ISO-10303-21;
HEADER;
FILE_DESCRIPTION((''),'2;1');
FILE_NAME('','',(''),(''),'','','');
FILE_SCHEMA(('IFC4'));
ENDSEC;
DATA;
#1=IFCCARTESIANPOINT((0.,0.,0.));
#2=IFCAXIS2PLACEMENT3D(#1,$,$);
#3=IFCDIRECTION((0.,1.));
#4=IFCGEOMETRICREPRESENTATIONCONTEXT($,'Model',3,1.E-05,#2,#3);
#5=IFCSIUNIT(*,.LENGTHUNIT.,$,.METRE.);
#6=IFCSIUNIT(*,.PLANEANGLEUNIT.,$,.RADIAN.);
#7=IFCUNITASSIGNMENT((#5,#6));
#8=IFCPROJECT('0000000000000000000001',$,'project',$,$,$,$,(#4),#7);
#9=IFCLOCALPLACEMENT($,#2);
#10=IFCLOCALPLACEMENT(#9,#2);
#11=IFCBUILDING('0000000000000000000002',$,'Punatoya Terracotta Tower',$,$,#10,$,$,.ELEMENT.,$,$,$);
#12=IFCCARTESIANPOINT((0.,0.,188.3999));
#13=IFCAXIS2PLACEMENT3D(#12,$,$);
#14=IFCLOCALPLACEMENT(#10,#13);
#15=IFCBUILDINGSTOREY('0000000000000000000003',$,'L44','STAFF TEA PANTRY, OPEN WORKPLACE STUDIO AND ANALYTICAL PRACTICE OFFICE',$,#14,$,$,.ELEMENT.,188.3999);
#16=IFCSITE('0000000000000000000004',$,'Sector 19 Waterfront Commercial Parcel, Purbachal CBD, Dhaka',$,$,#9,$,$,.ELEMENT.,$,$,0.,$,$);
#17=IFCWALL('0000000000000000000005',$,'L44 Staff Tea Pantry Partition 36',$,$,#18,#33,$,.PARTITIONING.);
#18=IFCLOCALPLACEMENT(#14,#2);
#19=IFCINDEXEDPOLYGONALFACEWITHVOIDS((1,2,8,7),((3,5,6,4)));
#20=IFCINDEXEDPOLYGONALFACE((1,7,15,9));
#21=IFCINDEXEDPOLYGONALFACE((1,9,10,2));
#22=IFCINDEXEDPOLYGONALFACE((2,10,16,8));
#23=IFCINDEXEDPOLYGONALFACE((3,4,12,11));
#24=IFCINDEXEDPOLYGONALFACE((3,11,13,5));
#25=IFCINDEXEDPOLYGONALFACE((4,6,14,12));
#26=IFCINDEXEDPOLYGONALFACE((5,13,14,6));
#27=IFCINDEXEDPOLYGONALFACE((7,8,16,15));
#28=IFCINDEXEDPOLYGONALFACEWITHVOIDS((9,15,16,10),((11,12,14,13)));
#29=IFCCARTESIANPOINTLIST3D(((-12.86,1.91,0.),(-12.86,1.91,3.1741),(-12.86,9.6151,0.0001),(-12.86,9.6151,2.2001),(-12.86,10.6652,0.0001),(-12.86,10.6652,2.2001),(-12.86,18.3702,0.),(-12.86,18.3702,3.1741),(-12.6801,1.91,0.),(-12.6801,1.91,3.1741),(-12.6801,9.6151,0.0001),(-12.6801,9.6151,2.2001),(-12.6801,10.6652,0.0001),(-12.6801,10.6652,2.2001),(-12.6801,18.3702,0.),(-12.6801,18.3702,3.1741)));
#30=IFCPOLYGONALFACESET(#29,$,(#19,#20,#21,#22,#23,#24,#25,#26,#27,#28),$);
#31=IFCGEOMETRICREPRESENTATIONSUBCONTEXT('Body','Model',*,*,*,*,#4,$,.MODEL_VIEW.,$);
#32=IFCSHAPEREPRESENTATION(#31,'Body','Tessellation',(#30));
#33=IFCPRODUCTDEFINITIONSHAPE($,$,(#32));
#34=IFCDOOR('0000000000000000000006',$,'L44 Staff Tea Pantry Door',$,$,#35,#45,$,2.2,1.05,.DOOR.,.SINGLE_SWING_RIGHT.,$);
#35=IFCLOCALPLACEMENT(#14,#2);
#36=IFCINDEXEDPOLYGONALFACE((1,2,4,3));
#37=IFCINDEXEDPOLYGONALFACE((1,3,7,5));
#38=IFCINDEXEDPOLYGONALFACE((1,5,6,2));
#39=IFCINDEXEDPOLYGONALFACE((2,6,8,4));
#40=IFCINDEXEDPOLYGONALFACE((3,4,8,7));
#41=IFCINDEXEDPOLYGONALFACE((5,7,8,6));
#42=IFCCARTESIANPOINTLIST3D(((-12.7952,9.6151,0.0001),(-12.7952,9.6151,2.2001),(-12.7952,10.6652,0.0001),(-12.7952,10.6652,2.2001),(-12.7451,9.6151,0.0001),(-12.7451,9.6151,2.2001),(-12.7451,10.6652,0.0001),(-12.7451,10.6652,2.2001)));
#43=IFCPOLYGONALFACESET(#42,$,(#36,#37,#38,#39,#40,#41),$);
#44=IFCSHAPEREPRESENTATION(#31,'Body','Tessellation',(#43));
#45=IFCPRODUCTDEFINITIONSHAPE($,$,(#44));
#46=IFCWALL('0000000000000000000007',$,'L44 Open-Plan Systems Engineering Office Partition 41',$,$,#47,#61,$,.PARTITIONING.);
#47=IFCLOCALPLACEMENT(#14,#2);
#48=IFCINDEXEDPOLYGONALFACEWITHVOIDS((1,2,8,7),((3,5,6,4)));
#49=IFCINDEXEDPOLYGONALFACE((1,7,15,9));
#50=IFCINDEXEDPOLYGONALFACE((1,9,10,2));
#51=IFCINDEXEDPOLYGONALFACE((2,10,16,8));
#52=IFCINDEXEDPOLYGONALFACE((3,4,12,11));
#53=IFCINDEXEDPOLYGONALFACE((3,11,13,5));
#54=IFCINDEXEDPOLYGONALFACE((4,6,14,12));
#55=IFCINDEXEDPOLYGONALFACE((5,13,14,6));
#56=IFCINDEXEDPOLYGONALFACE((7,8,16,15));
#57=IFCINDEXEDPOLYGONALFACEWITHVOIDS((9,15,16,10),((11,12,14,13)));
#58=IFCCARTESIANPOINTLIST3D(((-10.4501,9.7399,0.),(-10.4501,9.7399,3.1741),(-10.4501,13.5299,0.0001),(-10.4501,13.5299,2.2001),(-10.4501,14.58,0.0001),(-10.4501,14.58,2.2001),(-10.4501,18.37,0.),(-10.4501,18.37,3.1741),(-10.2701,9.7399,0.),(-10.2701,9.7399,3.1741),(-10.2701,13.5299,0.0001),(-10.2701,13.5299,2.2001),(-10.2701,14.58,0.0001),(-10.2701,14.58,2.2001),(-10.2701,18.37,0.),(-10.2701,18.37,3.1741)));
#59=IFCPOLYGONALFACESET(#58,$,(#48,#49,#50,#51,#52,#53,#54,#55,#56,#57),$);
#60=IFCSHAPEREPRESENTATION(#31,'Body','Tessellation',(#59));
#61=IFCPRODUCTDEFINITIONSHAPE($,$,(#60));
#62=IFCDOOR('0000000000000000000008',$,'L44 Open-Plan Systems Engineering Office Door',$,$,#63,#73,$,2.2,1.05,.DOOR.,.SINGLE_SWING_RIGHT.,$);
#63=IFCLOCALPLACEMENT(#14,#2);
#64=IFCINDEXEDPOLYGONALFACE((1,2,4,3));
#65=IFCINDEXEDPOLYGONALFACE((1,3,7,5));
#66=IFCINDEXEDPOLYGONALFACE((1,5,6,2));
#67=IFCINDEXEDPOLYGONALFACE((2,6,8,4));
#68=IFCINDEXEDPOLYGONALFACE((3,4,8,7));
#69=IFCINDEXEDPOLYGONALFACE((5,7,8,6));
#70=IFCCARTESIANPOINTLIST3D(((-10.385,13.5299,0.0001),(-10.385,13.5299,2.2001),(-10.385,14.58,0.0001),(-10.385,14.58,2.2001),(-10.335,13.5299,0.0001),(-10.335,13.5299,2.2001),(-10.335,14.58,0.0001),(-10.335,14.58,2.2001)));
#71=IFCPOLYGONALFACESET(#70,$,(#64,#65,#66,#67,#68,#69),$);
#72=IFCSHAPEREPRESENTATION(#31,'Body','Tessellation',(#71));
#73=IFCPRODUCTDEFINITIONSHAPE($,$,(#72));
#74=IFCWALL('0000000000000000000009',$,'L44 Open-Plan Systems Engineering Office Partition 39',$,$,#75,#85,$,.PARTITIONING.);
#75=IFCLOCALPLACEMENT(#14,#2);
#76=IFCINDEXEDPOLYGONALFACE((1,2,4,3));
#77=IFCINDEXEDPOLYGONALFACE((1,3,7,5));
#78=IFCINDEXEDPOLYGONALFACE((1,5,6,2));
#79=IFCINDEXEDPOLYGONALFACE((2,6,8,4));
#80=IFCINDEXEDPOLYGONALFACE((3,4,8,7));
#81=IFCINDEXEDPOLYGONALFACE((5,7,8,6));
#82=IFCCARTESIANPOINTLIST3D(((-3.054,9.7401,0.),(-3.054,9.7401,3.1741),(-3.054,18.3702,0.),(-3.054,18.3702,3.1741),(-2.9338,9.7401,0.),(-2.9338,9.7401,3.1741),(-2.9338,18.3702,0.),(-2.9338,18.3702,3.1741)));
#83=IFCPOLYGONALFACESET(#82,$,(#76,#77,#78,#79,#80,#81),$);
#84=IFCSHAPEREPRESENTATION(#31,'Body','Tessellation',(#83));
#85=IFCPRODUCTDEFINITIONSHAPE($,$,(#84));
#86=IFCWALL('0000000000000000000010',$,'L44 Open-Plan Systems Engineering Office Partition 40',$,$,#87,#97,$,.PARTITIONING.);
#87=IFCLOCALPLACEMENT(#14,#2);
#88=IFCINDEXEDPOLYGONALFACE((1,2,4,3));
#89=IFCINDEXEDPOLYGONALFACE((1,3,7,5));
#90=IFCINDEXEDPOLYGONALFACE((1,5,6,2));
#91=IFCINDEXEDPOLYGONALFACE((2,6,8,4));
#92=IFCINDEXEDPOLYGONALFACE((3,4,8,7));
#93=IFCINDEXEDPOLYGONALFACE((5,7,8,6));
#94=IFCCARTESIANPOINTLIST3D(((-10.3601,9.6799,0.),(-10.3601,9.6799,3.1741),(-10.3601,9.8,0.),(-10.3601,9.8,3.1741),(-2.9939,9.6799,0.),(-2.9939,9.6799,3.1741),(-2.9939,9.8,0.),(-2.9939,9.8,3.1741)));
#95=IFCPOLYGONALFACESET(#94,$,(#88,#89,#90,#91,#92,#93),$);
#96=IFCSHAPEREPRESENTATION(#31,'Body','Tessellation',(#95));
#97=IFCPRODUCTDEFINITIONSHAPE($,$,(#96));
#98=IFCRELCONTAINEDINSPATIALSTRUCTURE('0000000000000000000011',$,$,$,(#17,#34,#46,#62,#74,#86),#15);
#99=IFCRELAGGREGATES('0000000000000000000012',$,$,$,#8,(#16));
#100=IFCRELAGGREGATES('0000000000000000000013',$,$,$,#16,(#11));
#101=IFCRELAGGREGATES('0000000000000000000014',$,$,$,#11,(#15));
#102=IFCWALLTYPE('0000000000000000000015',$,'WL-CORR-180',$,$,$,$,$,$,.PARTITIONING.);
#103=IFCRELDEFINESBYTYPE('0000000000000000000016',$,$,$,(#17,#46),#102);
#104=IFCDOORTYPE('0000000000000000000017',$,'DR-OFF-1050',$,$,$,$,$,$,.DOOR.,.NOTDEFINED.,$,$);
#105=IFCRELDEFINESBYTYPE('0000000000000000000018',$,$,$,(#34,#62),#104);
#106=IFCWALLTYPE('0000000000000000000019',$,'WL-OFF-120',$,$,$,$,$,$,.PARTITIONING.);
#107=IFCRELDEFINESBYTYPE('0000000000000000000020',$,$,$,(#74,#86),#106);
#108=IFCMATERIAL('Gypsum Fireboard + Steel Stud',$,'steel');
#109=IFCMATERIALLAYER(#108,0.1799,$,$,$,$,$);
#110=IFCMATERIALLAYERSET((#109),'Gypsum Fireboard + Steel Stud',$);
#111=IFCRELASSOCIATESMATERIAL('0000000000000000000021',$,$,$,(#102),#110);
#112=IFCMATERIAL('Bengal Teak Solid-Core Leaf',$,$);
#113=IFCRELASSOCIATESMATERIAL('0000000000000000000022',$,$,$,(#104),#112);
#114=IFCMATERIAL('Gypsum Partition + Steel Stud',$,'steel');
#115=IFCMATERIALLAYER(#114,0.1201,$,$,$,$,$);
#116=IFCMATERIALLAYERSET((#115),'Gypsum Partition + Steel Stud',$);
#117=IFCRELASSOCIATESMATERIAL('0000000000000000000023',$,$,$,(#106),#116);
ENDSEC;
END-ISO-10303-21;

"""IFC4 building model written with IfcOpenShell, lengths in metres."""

from ifc_helpers import new_model, si_unit, direction, frame, frame_2d, origin, place, context, subcontext, project, spatial, rectangle, extrude, material, layer, layer_set, type_object, element, fill, save


model = new_model("IFC4")

# Units and contexts
model_context = context("Model", 3, precision=1e-05, world=origin(), true_north=direction((0.0, 1.0)))
body_context = subcontext(model_context, "Body", "Model", "MODEL_VIEW")
ifc_project = project(units=[si_unit("LENGTHUNIT", "METRE"), si_unit("PLANEANGLEUNIT", "RADIAN")], contexts=[model_context])

# Site, building, storey
site_placement = place(None, origin())
site = spatial("IfcSite", under=ifc_project, at=site_placement, Name="Sector 19 Waterfront Commercial Parcel, Purbachal CBD, Dhaka", CompositionType="ELEMENT", RefElevation=0.0)
building_placement = place(site_placement, origin())
building = spatial("IfcBuilding", under=site, at=building_placement, Name="Punatoya Terracotta Tower", CompositionType="ELEMENT")
storey_placement = place(building_placement, frame((0.0, 0.0, 188.3999)))
storey = spatial("IfcBuildingStorey", under=building, at=storey_placement, Name="L44", Description="STAFF TEA PANTRY, OPEN WORKPLACE STUDIO AND ANALYTICAL PRACTICE OFFICE", CompositionType="ELEMENT", Elevation=188.3999)

# Shared definitions
ifc_material_1 = material(Name="Gypsum Fireboard + Steel Stud", Category="steel")
ifc_layer_1 = layer(ifc_material_1, 0.1799)
ifc_layer_set_1 = layer_set([ifc_layer_1], Name="Gypsum Fireboard + Steel Stud")
wall_type_1 = type_object("IfcWallType", Name="WL-CORR-180", PredefinedType="PARTITIONING", material=ifc_layer_set_1)

# Walls, openings, doors
wall_1_placement = place(storey_placement, frame((-12.77, 18.3701, 0.0), z_axis=(0.0, 0.0, 1.0), x_axis=(0.0, -1.0, 0.0)))
wall_1 = element("IfcWall", 1, at=wall_1_placement, inside=storey, type_object=wall_type_1, Name="L44 Staff Tea Pantry Partition 36", PredefinedType="PARTITIONING", context=body_context, shape_type="SweptSolid", body=[
    extrude(rectangle(XDim=16.4602, YDim=0.1799, at=frame_2d((8.23, 0.0))), origin(), (0.0, 0.0, 1.0), 3.1741),
])
opening_1_placement = place(wall_1_placement, frame((7.7051, 0.0, 0.0)))
opening_1 = element("IfcOpeningElement", 2, at=opening_1_placement, cuts=wall_1, PredefinedType="OPENING", context=body_context, shape_type="SweptSolid", body=[
    extrude(rectangle(XDim=1.05, YDim=2.2, at=frame_2d((0.5249, 1.1001))), frame((0.0, 0.0999, 0.0), z_axis=(0.0, -1.0, 0.0), x_axis=(1.0, 0.0, 0.0)), (0.0, 0.0, 1.0), 0.2),
])
ifc_material_2 = material(Name="Bengal Teak Solid-Core Leaf")
door_type = type_object("IfcDoorType", Name="DR-OFF-1050", OperationType="NOTDEFINED", PredefinedType="DOOR", material=ifc_material_2)
door_1_placement = place(opening_1_placement, origin())
door_1 = element("IfcDoor", 3, at=door_1_placement, inside=storey, type_object=door_type, Name="L44 Staff Tea Pantry Door", OperationType="SINGLE_SWING_RIGHT", OverallHeight=2.2, OverallWidth=1.05, PredefinedType="DOOR", context=body_context, shape_type="SweptSolid", body=[
    extrude(rectangle(XDim=1.05, YDim=2.2, at=frame_2d((0.5249, 1.1001))), frame((0.0, 0.0249, 0.0), z_axis=(0.0, -1.0, 0.0), x_axis=(1.0, 0.0, 0.0)), (0.0, 0.0, 1.0), 0.05),
])
fill(opening_1, door_1)
wall_2_placement = place(storey_placement, frame((-10.3601, 9.74, 0.0), z_axis=(0.0, 0.0, 1.0), x_axis=(0.0, 1.0, 0.0)))
wall_2 = element("IfcWall", 4, at=wall_2_placement, inside=storey, type_object=wall_type_1, Name="L44 Open-Plan Systems Engineering Office Partition 41", PredefinedType="PARTITIONING", context=body_context, shape_type="SweptSolid", body=[
    extrude(rectangle(XDim=8.6301, YDim=0.1799, at=frame_2d((4.3149, 0.0))), origin(), (0.0, 0.0, 1.0), 3.1741),
])
opening_2_placement = place(wall_2_placement, frame((3.79, 0.0, 0.0)))
opening_2 = element("IfcOpeningElement", 5, at=opening_2_placement, cuts=wall_2, PredefinedType="OPENING", context=body_context, shape_type="SweptSolid", body=[
    extrude(rectangle(XDim=1.05, YDim=2.2, at=frame_2d((0.5249, 1.1001))), frame((0.0, 0.0999, 0.0), z_axis=(0.0, -1.0, 0.0), x_axis=(1.0, 0.0, 0.0)), (0.0, 0.0, 1.0), 0.2),
])
door_2_placement = place(opening_2_placement, origin())
door_2 = element("IfcDoor", 6, at=door_2_placement, inside=storey, type_object=door_type, Name="L44 Open-Plan Systems Engineering Office Door", OperationType="SINGLE_SWING_RIGHT", OverallHeight=2.2, OverallWidth=1.05, PredefinedType="DOOR", context=body_context, shape_type="SweptSolid", body=[
    extrude(rectangle(XDim=1.05, YDim=2.2, at=frame_2d((0.5249, 1.1001))), frame((0.0, 0.0249, 0.0), z_axis=(0.0, -1.0, 0.0), x_axis=(1.0, 0.0, 0.0)), (0.0, 0.0, 1.0), 0.05),
])
fill(opening_2, door_2)

# Walls
ifc_material_3 = material(Name="Gypsum Partition + Steel Stud", Category="steel")
ifc_layer_2 = layer(ifc_material_3, 0.1201)
ifc_layer_set_2 = layer_set([ifc_layer_2], Name="Gypsum Partition + Steel Stud")
wall_type_2 = type_object("IfcWallType", Name="WL-OFF-120", PredefinedType="PARTITIONING", material=ifc_layer_set_2)
wall_3_placement = place(storey_placement, frame((-2.9939, 18.3701, 0.0), z_axis=(0.0, 0.0, 1.0), x_axis=(0.0, -1.0, 0.0)))
element("IfcWall", 7, at=wall_3_placement, inside=storey, type_object=wall_type_2, Name="L44 Open-Plan Systems Engineering Office Partition 39", PredefinedType="PARTITIONING", context=body_context, shape_type="SweptSolid", body=[
    extrude(rectangle(XDim=8.6301, YDim=0.1201, at=frame_2d((4.3149, 0.0))), origin(), (0.0, 0.0, 1.0), 3.1741),
])
wall_4_placement = place(storey_placement, frame((-2.9939, 9.74, 0.0), z_axis=(0.0, 0.0, 1.0), x_axis=(-1.0, 0.0, 0.0)))
element("IfcWall", 8, at=wall_4_placement, inside=storey, type_object=wall_type_2, Name="L44 Open-Plan Systems Engineering Office Partition 40", PredefinedType="PARTITIONING", context=body_context, shape_type="SweptSolid", body=[
    extrude(rectangle(XDim=7.3662, YDim=0.1201, at=frame_2d((3.6831, 0.0))), origin(), (0.0, 0.0, 1.0), 3.1741),
])

save(model, "model.ifc")
